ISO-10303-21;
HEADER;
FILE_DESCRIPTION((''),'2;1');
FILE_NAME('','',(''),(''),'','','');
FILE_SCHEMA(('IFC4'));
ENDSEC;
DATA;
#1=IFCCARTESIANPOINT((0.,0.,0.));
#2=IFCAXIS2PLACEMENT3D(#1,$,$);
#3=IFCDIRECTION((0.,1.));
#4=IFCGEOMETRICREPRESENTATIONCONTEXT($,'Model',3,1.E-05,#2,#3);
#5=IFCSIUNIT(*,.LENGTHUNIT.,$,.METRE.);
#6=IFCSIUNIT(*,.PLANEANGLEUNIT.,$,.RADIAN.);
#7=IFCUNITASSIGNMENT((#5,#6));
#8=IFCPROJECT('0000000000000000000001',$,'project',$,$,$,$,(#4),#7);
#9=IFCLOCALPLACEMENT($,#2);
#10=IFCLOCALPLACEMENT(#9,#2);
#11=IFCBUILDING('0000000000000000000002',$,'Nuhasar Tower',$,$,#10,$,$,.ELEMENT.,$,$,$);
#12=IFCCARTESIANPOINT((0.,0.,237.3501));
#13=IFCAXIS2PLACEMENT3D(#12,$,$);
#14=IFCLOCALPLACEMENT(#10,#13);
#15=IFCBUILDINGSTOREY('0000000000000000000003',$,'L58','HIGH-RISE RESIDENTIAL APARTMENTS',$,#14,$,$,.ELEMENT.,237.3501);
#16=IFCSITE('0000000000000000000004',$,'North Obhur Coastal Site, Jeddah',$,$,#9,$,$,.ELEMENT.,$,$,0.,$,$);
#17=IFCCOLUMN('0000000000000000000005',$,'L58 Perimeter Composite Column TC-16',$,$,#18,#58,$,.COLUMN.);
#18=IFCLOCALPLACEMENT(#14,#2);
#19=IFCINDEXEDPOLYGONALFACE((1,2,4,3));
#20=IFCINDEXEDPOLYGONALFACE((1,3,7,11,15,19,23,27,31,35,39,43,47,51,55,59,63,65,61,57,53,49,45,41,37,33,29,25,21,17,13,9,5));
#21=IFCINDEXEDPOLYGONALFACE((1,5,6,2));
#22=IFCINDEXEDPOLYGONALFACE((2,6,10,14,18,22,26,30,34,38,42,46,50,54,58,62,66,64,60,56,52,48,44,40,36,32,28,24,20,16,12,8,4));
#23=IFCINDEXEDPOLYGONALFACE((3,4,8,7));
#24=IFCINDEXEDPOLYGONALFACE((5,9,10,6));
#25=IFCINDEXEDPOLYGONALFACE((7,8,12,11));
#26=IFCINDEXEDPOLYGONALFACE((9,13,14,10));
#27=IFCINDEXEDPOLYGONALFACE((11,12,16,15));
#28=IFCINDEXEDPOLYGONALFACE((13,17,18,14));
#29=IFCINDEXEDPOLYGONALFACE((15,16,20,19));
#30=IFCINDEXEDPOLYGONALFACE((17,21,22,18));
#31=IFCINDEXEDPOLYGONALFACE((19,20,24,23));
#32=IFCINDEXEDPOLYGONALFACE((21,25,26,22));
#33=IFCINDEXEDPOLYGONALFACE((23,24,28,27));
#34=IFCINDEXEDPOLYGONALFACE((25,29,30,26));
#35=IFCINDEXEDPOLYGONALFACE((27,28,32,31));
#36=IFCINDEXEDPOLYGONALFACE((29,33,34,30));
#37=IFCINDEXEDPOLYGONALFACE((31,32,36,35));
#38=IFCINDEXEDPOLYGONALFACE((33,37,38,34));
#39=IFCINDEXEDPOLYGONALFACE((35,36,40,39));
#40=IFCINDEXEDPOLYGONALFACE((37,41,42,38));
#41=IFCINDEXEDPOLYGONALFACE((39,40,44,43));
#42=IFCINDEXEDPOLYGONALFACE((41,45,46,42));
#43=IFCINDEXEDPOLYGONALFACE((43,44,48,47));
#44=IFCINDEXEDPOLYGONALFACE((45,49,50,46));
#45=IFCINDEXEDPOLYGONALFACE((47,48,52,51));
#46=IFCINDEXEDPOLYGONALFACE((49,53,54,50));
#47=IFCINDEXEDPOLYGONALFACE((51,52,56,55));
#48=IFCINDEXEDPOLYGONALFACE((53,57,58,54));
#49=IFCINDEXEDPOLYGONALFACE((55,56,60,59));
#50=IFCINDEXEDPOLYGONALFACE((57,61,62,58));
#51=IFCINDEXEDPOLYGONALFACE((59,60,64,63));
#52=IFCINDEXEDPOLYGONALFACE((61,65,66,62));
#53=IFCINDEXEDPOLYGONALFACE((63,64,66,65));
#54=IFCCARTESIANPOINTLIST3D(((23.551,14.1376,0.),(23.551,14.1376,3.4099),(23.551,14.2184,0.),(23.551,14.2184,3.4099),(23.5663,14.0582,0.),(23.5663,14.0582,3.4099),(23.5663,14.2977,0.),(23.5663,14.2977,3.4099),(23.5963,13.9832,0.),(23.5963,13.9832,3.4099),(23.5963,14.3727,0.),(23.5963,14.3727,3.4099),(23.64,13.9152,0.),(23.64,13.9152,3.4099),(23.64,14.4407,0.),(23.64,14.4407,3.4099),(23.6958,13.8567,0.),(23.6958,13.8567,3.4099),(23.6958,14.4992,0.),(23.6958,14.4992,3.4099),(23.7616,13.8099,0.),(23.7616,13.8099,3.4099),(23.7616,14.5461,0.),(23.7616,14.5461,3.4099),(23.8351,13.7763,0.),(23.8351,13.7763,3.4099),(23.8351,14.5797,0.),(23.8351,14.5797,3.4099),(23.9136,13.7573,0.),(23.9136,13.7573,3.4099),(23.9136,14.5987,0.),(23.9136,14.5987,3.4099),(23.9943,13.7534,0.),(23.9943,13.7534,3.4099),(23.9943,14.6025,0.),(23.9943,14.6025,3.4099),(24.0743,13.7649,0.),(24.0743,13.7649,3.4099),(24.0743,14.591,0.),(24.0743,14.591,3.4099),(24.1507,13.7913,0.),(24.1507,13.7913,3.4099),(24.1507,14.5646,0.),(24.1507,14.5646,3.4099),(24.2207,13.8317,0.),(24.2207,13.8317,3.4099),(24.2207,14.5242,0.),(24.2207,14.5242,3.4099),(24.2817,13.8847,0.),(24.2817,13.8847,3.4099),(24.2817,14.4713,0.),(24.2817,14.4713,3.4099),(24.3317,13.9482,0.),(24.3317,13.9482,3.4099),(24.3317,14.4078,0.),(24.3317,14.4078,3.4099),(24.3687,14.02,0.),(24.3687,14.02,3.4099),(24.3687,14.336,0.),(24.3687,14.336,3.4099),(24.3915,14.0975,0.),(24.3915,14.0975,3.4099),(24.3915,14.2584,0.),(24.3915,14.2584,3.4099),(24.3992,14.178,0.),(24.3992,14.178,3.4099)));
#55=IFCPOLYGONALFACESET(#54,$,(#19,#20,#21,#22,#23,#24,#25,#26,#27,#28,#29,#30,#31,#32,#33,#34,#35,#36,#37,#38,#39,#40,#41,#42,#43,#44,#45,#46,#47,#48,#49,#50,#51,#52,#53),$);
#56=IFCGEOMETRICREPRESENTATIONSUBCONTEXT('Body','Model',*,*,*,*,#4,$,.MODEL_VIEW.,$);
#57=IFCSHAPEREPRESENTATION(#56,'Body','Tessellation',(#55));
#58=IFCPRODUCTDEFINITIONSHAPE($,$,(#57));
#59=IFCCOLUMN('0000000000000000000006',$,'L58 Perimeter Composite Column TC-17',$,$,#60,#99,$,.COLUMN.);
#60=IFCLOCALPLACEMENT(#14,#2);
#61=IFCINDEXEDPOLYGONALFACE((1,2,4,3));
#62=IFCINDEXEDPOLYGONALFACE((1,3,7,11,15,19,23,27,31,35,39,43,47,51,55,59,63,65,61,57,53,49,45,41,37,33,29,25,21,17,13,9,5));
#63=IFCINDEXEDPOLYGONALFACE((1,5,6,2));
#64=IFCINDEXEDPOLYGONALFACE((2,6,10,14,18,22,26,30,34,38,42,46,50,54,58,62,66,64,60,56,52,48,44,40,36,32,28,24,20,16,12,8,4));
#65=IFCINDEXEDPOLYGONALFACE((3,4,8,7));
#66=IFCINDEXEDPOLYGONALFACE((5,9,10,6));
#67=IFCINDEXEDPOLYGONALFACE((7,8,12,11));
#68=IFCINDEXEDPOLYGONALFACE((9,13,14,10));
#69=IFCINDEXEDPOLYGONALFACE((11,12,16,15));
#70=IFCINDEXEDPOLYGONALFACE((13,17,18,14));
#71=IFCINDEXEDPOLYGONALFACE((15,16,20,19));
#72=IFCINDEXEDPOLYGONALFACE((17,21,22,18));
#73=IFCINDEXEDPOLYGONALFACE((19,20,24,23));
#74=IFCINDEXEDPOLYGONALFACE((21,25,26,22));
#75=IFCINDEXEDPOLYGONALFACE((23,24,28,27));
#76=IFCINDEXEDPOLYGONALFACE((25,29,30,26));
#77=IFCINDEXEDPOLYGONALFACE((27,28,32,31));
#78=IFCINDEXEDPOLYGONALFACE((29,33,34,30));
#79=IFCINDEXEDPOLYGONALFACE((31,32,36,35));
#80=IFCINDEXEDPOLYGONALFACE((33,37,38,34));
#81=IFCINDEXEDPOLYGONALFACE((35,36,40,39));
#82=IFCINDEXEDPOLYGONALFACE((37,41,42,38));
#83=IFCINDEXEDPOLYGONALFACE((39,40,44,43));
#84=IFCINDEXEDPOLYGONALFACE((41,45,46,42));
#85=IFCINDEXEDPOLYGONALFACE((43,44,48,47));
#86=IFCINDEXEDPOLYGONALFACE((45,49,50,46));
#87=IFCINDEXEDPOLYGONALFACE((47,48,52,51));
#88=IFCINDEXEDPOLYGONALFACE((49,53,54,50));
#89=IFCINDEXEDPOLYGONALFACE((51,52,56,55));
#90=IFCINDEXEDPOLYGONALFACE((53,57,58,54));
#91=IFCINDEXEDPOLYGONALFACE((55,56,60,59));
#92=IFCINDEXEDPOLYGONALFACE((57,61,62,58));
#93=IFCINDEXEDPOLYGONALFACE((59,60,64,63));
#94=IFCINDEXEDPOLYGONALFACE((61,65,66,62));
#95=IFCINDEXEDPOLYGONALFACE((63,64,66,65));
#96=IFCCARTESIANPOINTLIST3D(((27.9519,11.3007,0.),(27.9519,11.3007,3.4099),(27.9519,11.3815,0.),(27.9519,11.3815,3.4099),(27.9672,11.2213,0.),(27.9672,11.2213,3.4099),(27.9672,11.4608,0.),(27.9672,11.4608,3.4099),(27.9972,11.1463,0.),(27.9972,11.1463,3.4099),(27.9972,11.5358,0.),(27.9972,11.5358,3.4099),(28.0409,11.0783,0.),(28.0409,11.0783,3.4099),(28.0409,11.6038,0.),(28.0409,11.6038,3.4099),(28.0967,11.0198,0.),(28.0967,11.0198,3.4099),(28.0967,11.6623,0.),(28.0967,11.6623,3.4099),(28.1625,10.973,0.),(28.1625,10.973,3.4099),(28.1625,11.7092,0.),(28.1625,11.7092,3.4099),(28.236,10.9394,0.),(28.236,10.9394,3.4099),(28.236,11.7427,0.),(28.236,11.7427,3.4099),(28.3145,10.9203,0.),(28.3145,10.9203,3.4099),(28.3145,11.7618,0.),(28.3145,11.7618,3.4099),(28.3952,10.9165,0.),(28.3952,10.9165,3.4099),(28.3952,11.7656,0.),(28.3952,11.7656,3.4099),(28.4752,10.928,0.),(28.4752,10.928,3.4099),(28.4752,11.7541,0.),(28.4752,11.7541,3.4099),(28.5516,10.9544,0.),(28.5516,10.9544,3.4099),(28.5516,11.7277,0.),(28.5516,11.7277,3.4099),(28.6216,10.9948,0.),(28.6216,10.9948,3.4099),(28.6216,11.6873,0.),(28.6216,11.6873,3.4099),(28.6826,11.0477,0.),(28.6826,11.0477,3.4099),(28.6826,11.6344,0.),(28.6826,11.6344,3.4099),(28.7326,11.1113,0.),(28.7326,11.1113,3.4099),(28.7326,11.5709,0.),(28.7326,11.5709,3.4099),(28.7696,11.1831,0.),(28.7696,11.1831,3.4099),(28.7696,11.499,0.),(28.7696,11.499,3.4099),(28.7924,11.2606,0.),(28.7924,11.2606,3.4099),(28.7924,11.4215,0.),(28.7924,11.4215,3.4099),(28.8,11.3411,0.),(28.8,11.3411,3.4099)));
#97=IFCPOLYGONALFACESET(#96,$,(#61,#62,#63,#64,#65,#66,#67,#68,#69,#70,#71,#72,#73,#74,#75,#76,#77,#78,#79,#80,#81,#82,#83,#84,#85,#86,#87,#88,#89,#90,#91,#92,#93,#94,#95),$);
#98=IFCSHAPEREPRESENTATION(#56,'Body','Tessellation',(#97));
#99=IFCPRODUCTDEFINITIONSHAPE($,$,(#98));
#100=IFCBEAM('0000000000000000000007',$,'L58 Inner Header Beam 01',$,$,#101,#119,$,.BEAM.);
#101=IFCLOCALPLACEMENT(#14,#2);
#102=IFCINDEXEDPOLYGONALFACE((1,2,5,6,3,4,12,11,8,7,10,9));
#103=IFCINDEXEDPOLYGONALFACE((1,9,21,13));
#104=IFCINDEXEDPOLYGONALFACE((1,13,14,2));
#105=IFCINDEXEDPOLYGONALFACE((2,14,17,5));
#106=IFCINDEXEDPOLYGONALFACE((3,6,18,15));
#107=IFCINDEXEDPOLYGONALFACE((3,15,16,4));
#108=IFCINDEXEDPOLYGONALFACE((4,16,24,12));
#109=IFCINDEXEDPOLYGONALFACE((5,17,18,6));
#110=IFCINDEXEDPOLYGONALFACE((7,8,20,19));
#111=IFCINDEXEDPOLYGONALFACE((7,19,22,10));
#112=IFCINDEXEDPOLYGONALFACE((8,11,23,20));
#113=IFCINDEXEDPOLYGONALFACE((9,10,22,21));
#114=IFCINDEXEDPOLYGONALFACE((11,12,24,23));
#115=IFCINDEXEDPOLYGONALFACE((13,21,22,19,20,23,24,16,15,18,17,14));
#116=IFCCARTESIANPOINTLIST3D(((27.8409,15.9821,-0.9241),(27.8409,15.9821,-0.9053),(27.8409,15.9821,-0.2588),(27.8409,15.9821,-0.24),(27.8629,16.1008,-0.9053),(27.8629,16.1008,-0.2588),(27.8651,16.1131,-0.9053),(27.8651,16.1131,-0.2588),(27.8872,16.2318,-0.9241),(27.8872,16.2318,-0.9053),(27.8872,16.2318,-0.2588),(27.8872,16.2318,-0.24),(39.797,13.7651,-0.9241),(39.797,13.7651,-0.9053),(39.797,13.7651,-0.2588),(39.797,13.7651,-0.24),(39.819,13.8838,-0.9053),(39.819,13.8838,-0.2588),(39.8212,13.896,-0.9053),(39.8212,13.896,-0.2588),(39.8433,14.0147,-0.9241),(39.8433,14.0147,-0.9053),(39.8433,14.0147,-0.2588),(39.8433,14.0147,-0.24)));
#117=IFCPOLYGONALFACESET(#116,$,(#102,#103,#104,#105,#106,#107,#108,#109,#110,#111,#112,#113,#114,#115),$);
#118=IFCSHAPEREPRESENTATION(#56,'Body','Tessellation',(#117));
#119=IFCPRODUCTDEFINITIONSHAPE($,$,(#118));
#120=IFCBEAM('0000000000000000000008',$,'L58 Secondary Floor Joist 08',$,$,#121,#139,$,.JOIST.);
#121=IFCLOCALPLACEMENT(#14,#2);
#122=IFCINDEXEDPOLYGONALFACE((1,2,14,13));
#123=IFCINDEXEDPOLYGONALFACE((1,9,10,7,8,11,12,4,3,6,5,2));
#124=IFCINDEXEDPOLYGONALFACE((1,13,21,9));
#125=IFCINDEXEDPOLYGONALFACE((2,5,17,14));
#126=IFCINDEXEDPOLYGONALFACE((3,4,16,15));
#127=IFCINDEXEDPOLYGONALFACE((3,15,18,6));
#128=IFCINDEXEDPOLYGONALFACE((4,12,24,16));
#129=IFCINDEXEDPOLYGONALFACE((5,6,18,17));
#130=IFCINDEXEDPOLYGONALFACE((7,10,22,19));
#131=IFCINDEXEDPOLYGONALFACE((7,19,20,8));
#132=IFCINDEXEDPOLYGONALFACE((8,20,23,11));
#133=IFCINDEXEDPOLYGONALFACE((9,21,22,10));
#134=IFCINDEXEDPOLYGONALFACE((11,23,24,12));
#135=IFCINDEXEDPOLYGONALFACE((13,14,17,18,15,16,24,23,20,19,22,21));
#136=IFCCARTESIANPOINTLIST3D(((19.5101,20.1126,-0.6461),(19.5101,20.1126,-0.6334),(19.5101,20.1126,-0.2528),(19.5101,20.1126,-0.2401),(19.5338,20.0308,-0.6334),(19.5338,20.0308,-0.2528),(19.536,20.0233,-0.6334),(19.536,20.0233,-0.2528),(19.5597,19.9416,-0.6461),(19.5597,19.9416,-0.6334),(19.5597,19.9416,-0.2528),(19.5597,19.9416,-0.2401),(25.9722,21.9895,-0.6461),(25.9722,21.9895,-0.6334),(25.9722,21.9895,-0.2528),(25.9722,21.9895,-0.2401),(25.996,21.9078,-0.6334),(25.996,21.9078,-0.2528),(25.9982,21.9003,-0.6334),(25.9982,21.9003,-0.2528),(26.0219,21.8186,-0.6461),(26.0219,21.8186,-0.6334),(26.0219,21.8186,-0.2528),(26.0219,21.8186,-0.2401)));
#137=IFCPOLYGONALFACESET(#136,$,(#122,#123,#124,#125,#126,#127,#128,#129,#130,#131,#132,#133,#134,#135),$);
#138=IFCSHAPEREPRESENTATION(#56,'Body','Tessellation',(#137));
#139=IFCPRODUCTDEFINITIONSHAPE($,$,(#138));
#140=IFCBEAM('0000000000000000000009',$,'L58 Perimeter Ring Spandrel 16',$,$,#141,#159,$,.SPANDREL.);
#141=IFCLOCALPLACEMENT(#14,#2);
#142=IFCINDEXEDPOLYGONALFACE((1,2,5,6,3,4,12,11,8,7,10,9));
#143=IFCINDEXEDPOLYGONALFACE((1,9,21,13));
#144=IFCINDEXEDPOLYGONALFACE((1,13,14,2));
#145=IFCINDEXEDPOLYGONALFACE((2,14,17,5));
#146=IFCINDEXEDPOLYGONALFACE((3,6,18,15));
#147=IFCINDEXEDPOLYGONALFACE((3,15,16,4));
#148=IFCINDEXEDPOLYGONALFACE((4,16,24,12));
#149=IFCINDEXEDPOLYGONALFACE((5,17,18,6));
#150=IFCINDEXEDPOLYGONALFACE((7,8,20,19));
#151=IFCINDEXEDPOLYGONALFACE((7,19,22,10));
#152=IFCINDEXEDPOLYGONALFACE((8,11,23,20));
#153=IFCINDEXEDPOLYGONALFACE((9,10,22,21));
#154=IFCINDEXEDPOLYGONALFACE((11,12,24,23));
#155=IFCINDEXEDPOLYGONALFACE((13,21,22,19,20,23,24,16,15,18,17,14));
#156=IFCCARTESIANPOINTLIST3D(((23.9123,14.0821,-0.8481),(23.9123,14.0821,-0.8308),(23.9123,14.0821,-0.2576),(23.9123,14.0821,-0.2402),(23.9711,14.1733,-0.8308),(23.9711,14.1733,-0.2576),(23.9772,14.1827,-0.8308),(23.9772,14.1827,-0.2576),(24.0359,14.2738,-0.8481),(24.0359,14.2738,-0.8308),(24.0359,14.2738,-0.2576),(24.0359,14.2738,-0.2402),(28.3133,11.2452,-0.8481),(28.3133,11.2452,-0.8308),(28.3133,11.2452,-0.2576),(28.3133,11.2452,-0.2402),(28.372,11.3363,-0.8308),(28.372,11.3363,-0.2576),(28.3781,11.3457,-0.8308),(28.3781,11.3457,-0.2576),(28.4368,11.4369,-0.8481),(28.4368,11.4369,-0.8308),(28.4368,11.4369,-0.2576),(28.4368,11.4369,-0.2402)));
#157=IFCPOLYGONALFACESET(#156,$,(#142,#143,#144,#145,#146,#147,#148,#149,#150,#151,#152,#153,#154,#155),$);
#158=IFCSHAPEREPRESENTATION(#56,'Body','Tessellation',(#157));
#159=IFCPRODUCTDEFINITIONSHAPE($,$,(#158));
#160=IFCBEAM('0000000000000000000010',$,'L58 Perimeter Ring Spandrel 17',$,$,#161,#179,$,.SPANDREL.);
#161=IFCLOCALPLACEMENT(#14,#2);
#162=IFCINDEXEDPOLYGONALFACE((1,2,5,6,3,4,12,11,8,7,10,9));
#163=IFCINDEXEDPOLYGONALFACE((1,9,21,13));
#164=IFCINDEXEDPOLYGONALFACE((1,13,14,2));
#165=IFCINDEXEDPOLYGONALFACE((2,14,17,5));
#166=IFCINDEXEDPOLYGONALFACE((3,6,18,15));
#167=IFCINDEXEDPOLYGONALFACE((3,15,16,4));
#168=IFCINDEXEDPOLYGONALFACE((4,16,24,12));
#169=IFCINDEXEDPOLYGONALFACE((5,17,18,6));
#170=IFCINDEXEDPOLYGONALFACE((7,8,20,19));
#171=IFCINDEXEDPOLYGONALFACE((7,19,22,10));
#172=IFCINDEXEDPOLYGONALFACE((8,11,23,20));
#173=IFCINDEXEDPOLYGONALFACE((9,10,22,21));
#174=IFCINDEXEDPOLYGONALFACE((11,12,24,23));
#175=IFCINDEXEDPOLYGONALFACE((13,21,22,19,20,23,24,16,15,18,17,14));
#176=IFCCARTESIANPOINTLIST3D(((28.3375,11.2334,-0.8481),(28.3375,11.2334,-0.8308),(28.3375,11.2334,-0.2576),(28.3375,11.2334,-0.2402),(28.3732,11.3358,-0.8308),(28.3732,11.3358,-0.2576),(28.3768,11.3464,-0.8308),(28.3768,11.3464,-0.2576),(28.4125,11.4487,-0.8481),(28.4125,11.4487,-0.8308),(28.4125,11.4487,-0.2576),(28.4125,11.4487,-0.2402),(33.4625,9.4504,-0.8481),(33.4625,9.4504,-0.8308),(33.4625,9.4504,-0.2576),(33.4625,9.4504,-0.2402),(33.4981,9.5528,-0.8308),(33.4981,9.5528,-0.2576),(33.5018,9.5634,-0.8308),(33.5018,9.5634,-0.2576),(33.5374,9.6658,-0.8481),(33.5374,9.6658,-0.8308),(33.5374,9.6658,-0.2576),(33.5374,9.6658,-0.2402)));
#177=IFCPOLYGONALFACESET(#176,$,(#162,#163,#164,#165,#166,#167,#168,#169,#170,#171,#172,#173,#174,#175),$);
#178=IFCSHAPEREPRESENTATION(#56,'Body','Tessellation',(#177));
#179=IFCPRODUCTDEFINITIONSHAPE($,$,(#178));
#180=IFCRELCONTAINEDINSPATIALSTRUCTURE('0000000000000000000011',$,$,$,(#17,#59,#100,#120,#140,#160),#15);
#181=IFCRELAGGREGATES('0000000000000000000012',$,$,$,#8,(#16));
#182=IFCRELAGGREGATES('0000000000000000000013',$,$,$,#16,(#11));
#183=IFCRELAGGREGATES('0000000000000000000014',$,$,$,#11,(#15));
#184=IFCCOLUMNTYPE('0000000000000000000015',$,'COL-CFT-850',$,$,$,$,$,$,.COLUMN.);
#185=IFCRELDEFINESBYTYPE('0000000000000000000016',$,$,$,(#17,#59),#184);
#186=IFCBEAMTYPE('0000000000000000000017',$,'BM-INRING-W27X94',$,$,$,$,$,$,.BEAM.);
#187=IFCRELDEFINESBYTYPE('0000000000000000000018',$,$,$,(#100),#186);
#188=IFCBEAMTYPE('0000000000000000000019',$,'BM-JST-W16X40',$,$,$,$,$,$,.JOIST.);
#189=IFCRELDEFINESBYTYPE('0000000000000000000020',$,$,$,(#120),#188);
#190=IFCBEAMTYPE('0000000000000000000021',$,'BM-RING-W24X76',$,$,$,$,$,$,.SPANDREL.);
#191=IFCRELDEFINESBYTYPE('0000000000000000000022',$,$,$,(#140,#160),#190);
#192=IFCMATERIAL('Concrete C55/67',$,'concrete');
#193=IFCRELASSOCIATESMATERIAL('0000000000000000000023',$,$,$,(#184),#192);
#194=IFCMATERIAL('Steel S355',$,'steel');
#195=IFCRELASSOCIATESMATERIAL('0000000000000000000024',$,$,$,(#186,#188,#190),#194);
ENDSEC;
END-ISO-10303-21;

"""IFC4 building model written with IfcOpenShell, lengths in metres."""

from ifc_helpers import new_model, si_unit, direction, frame, origin, origin_2d, place, context, subcontext, project, spatial, circle, i_section, extrude, material, material_profile, profile_set, type_object, element, save


model = new_model("IFC4")

# Units and contexts
model_context = context("Model", 3, precision=1e-05, world=origin(), true_north=direction((0.0, 1.0)))
body_context = subcontext(model_context, "Body", "Model", "MODEL_VIEW")
ifc_project = project(units=[si_unit("LENGTHUNIT", "METRE"), si_unit("PLANEANGLEUNIT", "RADIAN")], contexts=[model_context])

# Site, building, storey
site_placement = place(None, origin())
site = spatial("IfcSite", under=ifc_project, at=site_placement, Name="North Obhur Coastal Site, Jeddah", CompositionType="ELEMENT", RefElevation=0.0)
building_placement = place(site_placement, origin())
building = spatial("IfcBuilding", under=site, at=building_placement, Name="Nuhasar Tower", CompositionType="ELEMENT")
storey_placement = place(building_placement, frame((0.0, 0.0, 237.3501)))
storey = spatial("IfcBuildingStorey", under=building, at=storey_placement, Name="L58", Description="HIGH-RISE RESIDENTIAL APARTMENTS", CompositionType="ELEMENT", Elevation=237.3501)

# Columns
ifc_material_1 = material(Name="Concrete C55/67", Category="concrete")
ifc_material_profile_1 = material_profile(ifc_material_1, circle(Radius=0.425, at=origin_2d()), Name="CFT850")
ifc_profile_set_1 = profile_set([ifc_material_profile_1], Name="Concrete C55/67")
column_type = type_object("IfcColumnType", Name="COL-CFT-850", PredefinedType="COLUMN", material=ifc_profile_set_1)
for number, where, z_axis, x_axis, name in (
    (1, (23.9741, 14.178, 0.0), (0.0, 0.0, 1.0), (1.0, 0.0, 0.0), "L58 Perimeter Composite Column TC-16"),
    (2, (28.375, 11.3411, 0.0), (0.0, 0.0, 1.0), (1.0, 0.0, 0.0), "L58 Perimeter Composite Column TC-17"),
):
    element("IfcColumn", number, at=place(storey_placement, frame(where, z_axis=z_axis, x_axis=x_axis)), inside=storey, type_object=column_type, Name=name, PredefinedType="COLUMN", context=body_context, shape_type="SweptSolid", body=[
        extrude(circle(Radius=0.425, at=origin_2d()), origin(), (0.0, 0.0, 1.0), 3.4099),
    ])

# Beams
ifc_material_2 = material(Name="Steel S355", Category="steel")
ifc_material_profile_2 = material_profile(ifc_material_2, i_section(OverallWidth=0.2539, OverallDepth=0.6841, WebThickness=0.0125, FlangeThickness=0.0188, at=origin_2d()), Name="W27X94")
ifc_profile_set_2 = profile_set([ifc_material_profile_2], Name="Steel S355")
beam_type_1 = type_object("IfcBeamType", Name="BM-INRING-W27X94", PredefinedType="BEAM", material=ifc_profile_set_2)
beam_1_placement = place(storey_placement, frame((27.864, 16.1069, -0.582), z_axis=(0.983238, -0.182324, 0.0), x_axis=(0.182324, 0.983238, 0.0)))
element("IfcBeam", 3, at=beam_1_placement, inside=storey, type_object=beam_type_1, Name="L58 Inner Header Beam 01", PredefinedType="BEAM", context=body_context, shape_type="SweptSolid", body=[
    extrude(i_section(OverallWidth=0.2539, OverallDepth=0.6841, WebThickness=0.0125, FlangeThickness=0.0188, at=origin_2d()), origin(), (0.0, 0.0, 1.0), 12.1599),
])
ifc_material_profile_3 = material_profile(ifc_material_2, i_section(OverallWidth=0.178, OverallDepth=0.406, WebThickness=0.0078, FlangeThickness=0.0127, at=origin_2d()), Name="W16X40")
ifc_profile_set_3 = profile_set([ifc_material_profile_3], Name="Steel S355")
beam_type_2 = type_object("IfcBeamType", Name="BM-JST-W16X40", PredefinedType="JOIST", material=ifc_profile_set_3)
beam_2_placement = place(storey_placement, frame((25.9971, 21.9041, -0.4431), z_axis=(-0.960313, -0.278926, 0.0), x_axis=(0.278926, -0.960313, 0.0)))
element("IfcBeam", 4, at=beam_2_placement, inside=storey, type_object=beam_type_2, Name="L58 Secondary Floor Joist 08", PredefinedType="JOIST", context=body_context, shape_type="SweptSolid", body=[
    extrude(i_section(OverallWidth=0.178, OverallDepth=0.406, WebThickness=0.0078, FlangeThickness=0.0127, at=origin_2d()), origin(), (0.0, 0.0, 1.0), 6.7292),
])
ifc_material_profile_4 = material_profile(ifc_material_2, i_section(OverallWidth=0.228, OverallDepth=0.6079, WebThickness=0.0112, FlangeThickness=0.0173, at=origin_2d()), Name="W24X76")
ifc_profile_set_4 = profile_set([ifc_material_profile_4], Name="Steel S355")
beam_type_3 = type_object("IfcBeamType", Name="BM-RING-W24X76", PredefinedType="SPANDREL", material=ifc_profile_set_4)
beam_3_placement = place(storey_placement, frame((23.9741, 14.178, -0.5442), z_axis=(0.840502, -0.541808, 0.0), x_axis=(0.541808, 0.840502, 0.0)))
element("IfcBeam", 5, at=beam_3_placement, inside=storey, type_object=beam_type_3, Name="L58 Perimeter Ring Spandrel 16", PredefinedType="SPANDREL", context=body_context, shape_type="SweptSolid", body=[
    extrude(i_section(OverallWidth=0.228, OverallDepth=0.6079, WebThickness=0.0112, FlangeThickness=0.0173, at=origin_2d()), origin(), (0.0, 0.0, 1.0), 5.2361),
])
beam_4_placement = place(storey_placement, frame((28.375, 11.3411, -0.5442), z_axis=(0.944477, -0.328578, 0.0), x_axis=(0.328578, 0.944477, 0.0)))
element("IfcBeam", 6, at=beam_4_placement, inside=storey, type_object=beam_type_3, Name="L58 Perimeter Ring Spandrel 17", PredefinedType="SPANDREL", context=body_context, shape_type="SweptSolid", body=[
    extrude(i_section(OverallWidth=0.228, OverallDepth=0.6079, WebThickness=0.0112, FlangeThickness=0.0173, at=origin_2d()), origin(), (0.0, 0.0, 1.0), 5.4263),
])

save(model, "model.ifc")
